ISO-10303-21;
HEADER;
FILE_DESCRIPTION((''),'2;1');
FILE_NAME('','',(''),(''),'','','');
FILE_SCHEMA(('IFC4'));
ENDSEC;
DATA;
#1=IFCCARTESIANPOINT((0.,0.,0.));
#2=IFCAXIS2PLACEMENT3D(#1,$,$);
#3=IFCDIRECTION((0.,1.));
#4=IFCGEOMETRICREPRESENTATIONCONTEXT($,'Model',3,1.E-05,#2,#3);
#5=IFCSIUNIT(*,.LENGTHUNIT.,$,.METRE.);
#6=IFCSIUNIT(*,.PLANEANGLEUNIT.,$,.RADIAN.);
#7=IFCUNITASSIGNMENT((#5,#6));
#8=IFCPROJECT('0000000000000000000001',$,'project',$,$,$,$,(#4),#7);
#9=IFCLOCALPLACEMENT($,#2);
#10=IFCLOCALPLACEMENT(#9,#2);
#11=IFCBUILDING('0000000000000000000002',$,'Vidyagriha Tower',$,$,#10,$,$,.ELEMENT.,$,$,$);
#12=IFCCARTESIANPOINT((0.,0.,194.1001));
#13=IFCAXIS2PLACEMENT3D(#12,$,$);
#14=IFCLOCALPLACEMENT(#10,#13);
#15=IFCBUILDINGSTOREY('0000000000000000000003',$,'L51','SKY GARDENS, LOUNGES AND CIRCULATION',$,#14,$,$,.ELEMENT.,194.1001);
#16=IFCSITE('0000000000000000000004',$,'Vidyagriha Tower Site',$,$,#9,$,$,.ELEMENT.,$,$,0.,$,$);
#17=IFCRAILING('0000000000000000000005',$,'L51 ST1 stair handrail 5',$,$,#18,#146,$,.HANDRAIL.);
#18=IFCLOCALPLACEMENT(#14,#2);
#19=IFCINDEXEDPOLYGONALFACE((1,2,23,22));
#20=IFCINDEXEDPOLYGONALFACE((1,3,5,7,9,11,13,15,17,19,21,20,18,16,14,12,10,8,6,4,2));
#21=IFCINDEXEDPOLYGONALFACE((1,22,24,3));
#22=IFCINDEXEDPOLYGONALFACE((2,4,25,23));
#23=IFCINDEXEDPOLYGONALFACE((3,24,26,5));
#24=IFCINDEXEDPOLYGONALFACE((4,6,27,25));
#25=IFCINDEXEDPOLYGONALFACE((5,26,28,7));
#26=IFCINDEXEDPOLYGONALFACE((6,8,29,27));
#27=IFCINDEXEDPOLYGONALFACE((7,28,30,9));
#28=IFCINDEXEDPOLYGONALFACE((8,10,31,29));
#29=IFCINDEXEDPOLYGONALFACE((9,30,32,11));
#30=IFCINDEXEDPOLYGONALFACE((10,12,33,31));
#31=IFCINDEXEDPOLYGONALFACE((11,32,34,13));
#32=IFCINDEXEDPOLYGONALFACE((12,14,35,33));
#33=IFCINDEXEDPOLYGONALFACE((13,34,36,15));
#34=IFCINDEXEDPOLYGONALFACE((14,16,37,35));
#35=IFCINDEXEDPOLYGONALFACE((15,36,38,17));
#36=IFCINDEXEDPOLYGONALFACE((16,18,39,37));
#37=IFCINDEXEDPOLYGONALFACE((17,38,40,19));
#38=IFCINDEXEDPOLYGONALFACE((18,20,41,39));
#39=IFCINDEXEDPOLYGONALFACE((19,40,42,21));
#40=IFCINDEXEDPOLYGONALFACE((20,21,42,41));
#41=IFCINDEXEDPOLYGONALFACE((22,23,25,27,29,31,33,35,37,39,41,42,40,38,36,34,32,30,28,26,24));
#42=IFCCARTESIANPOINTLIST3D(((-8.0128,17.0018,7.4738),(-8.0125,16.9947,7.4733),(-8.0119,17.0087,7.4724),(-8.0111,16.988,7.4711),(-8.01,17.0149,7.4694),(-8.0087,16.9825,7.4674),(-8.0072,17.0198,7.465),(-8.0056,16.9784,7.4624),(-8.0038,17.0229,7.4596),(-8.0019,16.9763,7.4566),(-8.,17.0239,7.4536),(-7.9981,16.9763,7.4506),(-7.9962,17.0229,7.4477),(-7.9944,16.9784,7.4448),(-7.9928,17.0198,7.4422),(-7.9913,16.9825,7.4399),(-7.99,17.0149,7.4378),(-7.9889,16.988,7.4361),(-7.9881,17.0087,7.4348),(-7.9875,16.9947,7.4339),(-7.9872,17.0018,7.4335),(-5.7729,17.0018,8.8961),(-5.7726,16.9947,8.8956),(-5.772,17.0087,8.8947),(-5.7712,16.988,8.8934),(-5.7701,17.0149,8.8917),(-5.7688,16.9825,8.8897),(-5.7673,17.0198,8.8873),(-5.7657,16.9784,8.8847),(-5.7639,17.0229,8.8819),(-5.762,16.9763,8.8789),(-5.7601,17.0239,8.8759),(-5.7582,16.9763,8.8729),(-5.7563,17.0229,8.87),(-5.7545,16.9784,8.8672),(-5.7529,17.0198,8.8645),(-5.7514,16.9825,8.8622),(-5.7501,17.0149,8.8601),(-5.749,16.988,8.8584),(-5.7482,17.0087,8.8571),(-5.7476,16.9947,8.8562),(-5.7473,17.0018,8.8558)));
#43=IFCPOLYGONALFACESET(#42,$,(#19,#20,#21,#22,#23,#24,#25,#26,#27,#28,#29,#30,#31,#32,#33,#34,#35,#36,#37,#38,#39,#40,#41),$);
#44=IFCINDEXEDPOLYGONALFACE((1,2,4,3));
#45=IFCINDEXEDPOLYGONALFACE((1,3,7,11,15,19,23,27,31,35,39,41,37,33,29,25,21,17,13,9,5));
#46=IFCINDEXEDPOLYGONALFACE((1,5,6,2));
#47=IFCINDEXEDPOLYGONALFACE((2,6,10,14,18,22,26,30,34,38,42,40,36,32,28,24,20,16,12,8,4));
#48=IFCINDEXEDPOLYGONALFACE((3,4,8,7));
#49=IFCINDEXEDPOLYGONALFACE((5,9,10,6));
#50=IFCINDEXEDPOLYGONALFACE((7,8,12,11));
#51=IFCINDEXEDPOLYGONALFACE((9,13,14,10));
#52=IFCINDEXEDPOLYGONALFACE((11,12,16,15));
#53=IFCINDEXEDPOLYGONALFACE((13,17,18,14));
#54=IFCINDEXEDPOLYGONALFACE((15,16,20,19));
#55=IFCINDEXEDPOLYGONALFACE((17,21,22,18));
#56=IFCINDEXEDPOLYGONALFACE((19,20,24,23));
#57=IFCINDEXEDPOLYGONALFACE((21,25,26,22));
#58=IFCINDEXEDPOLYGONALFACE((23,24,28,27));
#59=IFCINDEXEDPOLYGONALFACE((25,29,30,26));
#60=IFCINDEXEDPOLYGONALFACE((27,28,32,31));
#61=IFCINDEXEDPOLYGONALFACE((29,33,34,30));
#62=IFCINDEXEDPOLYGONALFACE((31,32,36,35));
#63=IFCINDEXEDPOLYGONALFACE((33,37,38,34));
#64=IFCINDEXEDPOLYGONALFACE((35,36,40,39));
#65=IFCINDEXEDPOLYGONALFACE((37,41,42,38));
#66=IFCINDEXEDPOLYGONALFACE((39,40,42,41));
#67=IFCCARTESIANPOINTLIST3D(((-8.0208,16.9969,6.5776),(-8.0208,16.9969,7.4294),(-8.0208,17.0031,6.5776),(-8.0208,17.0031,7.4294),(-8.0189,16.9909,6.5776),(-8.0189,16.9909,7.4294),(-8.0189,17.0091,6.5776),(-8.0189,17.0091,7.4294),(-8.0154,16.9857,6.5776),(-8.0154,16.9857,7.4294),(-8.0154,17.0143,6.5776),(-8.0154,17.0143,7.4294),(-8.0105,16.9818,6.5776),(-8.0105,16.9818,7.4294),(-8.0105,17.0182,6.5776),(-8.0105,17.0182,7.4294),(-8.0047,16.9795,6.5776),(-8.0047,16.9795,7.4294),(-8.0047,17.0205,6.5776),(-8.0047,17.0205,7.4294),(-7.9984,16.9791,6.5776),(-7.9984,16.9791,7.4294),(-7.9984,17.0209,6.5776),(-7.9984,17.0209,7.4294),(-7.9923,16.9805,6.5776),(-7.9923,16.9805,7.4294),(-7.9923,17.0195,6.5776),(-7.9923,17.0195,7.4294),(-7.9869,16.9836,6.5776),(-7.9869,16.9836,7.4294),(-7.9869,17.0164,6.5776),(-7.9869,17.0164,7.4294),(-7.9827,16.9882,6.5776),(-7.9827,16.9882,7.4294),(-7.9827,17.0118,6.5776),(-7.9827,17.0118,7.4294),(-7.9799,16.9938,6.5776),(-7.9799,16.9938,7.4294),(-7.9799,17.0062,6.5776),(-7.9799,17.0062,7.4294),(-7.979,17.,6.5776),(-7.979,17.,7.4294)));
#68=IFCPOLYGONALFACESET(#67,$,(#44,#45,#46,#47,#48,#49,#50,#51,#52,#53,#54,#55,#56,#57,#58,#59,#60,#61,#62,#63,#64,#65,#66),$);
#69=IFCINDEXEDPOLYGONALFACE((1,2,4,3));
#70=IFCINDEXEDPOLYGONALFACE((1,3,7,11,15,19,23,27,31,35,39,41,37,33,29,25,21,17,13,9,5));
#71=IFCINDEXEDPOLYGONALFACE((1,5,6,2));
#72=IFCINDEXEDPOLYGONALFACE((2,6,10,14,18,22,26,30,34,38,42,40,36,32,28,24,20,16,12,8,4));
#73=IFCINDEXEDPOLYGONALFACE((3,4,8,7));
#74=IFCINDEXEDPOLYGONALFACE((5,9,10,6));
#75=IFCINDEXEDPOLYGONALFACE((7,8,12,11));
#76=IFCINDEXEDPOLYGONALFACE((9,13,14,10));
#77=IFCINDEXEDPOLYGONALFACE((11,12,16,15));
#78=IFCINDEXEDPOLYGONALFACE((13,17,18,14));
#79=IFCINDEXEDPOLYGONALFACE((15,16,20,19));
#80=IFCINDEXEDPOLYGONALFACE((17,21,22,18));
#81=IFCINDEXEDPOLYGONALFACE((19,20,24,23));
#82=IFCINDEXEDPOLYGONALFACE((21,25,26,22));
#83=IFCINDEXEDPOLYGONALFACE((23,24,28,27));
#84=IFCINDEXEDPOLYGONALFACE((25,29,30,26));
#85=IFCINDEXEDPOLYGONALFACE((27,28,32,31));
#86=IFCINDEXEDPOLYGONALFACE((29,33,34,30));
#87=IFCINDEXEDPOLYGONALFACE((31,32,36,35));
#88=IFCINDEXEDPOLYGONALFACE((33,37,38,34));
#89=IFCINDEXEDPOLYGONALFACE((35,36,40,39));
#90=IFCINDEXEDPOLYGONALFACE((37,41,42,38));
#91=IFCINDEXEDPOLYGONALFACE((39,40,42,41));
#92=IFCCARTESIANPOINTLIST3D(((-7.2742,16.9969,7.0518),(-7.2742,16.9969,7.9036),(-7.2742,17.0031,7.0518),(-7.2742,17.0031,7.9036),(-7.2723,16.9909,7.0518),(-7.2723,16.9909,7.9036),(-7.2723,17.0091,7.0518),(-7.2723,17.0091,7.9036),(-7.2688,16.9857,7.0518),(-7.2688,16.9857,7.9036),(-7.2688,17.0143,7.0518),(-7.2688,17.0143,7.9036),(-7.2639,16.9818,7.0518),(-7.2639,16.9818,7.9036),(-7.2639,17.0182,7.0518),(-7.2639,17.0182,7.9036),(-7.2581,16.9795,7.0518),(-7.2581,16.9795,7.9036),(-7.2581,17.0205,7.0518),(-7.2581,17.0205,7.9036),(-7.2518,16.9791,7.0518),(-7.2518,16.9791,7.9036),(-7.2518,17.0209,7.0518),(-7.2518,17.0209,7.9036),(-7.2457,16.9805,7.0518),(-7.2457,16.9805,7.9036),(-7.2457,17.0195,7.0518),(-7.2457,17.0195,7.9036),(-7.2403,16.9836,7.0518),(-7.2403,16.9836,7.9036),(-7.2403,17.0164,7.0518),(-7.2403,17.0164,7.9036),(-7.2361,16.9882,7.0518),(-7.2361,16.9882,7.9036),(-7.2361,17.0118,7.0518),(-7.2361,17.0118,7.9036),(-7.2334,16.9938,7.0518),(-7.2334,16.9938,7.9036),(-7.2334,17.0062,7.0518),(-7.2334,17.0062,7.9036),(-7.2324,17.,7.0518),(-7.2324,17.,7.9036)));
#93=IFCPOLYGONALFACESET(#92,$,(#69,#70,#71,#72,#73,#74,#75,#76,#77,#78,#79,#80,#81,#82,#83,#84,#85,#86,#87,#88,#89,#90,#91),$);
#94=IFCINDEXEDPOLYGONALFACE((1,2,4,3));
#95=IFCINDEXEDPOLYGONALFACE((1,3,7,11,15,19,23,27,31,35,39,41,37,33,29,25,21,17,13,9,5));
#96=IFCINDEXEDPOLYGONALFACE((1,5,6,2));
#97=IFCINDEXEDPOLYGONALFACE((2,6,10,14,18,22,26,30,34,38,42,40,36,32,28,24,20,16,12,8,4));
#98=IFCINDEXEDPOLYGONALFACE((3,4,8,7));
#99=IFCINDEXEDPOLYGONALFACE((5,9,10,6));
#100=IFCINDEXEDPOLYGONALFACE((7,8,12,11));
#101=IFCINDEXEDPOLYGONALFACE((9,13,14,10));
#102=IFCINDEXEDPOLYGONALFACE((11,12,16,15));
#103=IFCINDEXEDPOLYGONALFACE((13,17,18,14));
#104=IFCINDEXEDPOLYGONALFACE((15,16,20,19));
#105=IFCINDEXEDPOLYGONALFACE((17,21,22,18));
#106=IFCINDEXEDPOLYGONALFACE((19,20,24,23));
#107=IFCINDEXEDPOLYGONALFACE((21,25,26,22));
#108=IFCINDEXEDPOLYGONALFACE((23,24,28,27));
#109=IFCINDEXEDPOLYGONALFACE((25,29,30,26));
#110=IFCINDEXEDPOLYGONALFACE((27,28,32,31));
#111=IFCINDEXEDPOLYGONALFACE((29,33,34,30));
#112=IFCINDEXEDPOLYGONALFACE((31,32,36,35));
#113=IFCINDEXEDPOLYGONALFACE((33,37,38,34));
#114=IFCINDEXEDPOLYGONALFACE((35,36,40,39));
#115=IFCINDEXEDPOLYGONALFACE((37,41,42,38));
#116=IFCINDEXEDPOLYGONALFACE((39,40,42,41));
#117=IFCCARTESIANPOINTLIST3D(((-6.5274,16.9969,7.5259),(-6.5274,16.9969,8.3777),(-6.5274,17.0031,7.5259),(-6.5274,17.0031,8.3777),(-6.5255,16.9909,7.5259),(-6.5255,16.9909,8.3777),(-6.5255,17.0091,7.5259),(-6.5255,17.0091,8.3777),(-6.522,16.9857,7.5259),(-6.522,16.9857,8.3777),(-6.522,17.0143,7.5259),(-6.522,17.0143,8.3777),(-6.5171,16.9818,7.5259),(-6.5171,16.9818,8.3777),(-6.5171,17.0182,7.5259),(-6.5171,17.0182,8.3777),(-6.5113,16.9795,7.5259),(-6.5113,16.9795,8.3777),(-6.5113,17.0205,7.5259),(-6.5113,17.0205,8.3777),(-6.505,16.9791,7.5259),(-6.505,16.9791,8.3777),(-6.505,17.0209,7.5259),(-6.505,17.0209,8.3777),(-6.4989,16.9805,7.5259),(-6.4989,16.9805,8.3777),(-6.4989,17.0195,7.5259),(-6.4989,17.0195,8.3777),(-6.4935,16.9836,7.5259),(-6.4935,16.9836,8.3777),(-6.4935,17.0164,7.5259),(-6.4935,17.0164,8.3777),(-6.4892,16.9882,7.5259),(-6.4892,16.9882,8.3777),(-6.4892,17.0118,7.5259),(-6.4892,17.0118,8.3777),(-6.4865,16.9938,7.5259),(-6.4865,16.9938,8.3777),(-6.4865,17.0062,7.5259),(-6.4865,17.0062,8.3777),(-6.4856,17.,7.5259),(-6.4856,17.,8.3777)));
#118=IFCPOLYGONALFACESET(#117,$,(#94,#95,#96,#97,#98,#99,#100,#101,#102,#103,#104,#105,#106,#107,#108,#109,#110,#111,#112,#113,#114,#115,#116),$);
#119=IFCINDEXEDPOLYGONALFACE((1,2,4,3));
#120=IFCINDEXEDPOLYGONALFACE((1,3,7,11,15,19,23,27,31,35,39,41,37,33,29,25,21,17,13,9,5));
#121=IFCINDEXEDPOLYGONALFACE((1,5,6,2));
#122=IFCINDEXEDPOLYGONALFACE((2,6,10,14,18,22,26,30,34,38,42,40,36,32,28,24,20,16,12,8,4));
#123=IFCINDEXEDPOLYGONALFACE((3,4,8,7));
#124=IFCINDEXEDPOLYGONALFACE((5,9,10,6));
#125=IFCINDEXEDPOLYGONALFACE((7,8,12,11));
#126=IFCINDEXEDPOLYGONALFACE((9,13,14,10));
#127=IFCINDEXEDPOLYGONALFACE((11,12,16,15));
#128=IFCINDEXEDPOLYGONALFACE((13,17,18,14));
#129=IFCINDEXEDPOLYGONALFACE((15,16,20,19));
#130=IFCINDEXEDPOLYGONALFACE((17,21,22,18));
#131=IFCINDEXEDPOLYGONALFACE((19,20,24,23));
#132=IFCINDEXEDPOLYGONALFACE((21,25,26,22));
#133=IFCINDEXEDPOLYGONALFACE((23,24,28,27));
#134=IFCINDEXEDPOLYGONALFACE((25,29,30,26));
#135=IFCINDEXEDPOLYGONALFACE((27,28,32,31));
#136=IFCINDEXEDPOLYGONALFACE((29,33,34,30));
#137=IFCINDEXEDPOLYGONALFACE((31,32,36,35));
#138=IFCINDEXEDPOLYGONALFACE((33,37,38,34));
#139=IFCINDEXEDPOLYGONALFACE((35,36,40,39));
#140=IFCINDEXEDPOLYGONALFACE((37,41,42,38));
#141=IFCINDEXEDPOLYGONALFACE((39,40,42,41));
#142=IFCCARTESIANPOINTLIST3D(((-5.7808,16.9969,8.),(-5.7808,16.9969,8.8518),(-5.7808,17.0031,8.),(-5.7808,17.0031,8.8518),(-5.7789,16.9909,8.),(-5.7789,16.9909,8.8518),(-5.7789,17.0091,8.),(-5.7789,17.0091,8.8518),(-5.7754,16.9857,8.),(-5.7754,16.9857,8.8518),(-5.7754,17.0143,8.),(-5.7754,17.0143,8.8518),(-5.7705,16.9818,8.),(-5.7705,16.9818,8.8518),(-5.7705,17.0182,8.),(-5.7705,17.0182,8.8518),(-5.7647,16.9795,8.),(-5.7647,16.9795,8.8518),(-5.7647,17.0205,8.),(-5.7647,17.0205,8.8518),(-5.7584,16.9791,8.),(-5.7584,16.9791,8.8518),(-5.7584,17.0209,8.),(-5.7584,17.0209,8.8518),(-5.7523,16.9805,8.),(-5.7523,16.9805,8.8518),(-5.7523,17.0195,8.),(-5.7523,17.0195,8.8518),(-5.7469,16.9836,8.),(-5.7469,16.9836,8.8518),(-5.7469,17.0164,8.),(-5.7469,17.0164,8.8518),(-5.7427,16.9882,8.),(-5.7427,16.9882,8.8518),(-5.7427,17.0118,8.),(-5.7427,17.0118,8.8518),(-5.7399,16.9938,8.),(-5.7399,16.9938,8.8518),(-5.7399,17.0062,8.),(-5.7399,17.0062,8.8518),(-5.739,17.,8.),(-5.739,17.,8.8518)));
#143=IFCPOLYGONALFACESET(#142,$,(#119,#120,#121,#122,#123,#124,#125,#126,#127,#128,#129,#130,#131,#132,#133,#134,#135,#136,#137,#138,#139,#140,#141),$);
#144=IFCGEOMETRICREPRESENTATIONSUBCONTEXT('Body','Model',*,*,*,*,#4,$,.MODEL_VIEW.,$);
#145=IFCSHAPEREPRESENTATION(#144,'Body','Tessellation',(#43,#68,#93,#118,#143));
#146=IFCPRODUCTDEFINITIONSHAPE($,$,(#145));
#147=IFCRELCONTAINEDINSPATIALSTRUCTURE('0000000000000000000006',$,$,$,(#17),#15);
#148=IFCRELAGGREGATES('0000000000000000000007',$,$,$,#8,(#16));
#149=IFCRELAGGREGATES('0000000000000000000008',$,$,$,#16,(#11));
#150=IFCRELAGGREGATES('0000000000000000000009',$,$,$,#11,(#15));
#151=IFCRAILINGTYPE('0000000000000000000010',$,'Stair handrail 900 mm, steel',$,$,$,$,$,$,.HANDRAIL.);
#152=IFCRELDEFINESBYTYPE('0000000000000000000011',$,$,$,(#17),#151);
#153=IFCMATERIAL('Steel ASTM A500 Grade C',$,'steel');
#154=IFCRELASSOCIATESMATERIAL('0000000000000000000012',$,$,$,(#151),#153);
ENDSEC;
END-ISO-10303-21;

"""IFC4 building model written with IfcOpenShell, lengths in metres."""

from ifc_helpers import new_model, si_unit, direction, frame, origin, origin_2d, place, context, subcontext, project, spatial, circle, extrude, material, type_object, element, save


model = new_model("IFC4")

# Units and contexts
model_context = context("Model", 3, precision=1e-05, world=origin(), true_north=direction((0.0, 1.0)))
body_context = subcontext(model_context, "Body", "Model", "MODEL_VIEW")
ifc_project = project(units=[si_unit("LENGTHUNIT", "METRE"), si_unit("PLANEANGLEUNIT", "RADIAN")], contexts=[model_context])

# Site, building, storey
site_placement = place(None, origin())
site = spatial("IfcSite", under=ifc_project, at=site_placement, Name="Vidyagriha Tower Site", CompositionType="ELEMENT", RefElevation=0.0)
building_placement = place(site_placement, origin())
building = spatial("IfcBuilding", under=site, at=building_placement, Name="Vidyagriha Tower", CompositionType="ELEMENT")
storey_placement = place(building_placement, frame((0.0, 0.0, 194.1001)))
storey = spatial("IfcBuildingStorey", under=building, at=storey_placement, Name="L51", Description="SKY GARDENS, LOUNGES AND CIRCULATION", CompositionType="ELEMENT", Elevation=194.1001)

# Railing
ifc_material_1 = material(Name="Steel ASTM A500 Grade C", Category="steel")
railing_type_1 = type_object("IfcRailingType", Name="Stair handrail 900 mm, steel", PredefinedType="HANDRAIL", material=ifc_material_1)
railing_placement = place(storey_placement, frame((-8.0, 17.0, 6.5776)))
element("IfcRailing", 1, at=railing_placement, inside=storey, type_object=railing_type_1, Name="L51 ST1 stair handrail 5", PredefinedType="HANDRAIL", context=body_context, shape_type="SweptSolid", body=[
    extrude(circle(Radius=0.0239, at=origin_2d()), frame((0.0, 0.0, 0.876), z_axis=(0.844188, 0.0, 0.536048), x_axis=(0.0, 1.0, 0.0)), (0.0, 0.0, 1.0), 2.6533),
    extrude(circle(Radius=0.021, at=origin_2d()), origin(), (0.0, 0.0, 1.0), 0.8518),
    extrude(circle(Radius=0.021, at=origin_2d()), frame((0.7466, 0.0, 0.4741)), (0.0, 0.0, 1.0), 0.8518),
    extrude(circle(Radius=0.021, at=origin_2d()), frame((1.4934, 0.0, 0.9482)), (0.0, 0.0, 1.0), 0.8518),
    extrude(circle(Radius=0.021, at=origin_2d()), frame((2.24, 0.0, 1.4224)), (0.0, 0.0, 1.0), 0.8518),
])

save(model, "model.ifc")
